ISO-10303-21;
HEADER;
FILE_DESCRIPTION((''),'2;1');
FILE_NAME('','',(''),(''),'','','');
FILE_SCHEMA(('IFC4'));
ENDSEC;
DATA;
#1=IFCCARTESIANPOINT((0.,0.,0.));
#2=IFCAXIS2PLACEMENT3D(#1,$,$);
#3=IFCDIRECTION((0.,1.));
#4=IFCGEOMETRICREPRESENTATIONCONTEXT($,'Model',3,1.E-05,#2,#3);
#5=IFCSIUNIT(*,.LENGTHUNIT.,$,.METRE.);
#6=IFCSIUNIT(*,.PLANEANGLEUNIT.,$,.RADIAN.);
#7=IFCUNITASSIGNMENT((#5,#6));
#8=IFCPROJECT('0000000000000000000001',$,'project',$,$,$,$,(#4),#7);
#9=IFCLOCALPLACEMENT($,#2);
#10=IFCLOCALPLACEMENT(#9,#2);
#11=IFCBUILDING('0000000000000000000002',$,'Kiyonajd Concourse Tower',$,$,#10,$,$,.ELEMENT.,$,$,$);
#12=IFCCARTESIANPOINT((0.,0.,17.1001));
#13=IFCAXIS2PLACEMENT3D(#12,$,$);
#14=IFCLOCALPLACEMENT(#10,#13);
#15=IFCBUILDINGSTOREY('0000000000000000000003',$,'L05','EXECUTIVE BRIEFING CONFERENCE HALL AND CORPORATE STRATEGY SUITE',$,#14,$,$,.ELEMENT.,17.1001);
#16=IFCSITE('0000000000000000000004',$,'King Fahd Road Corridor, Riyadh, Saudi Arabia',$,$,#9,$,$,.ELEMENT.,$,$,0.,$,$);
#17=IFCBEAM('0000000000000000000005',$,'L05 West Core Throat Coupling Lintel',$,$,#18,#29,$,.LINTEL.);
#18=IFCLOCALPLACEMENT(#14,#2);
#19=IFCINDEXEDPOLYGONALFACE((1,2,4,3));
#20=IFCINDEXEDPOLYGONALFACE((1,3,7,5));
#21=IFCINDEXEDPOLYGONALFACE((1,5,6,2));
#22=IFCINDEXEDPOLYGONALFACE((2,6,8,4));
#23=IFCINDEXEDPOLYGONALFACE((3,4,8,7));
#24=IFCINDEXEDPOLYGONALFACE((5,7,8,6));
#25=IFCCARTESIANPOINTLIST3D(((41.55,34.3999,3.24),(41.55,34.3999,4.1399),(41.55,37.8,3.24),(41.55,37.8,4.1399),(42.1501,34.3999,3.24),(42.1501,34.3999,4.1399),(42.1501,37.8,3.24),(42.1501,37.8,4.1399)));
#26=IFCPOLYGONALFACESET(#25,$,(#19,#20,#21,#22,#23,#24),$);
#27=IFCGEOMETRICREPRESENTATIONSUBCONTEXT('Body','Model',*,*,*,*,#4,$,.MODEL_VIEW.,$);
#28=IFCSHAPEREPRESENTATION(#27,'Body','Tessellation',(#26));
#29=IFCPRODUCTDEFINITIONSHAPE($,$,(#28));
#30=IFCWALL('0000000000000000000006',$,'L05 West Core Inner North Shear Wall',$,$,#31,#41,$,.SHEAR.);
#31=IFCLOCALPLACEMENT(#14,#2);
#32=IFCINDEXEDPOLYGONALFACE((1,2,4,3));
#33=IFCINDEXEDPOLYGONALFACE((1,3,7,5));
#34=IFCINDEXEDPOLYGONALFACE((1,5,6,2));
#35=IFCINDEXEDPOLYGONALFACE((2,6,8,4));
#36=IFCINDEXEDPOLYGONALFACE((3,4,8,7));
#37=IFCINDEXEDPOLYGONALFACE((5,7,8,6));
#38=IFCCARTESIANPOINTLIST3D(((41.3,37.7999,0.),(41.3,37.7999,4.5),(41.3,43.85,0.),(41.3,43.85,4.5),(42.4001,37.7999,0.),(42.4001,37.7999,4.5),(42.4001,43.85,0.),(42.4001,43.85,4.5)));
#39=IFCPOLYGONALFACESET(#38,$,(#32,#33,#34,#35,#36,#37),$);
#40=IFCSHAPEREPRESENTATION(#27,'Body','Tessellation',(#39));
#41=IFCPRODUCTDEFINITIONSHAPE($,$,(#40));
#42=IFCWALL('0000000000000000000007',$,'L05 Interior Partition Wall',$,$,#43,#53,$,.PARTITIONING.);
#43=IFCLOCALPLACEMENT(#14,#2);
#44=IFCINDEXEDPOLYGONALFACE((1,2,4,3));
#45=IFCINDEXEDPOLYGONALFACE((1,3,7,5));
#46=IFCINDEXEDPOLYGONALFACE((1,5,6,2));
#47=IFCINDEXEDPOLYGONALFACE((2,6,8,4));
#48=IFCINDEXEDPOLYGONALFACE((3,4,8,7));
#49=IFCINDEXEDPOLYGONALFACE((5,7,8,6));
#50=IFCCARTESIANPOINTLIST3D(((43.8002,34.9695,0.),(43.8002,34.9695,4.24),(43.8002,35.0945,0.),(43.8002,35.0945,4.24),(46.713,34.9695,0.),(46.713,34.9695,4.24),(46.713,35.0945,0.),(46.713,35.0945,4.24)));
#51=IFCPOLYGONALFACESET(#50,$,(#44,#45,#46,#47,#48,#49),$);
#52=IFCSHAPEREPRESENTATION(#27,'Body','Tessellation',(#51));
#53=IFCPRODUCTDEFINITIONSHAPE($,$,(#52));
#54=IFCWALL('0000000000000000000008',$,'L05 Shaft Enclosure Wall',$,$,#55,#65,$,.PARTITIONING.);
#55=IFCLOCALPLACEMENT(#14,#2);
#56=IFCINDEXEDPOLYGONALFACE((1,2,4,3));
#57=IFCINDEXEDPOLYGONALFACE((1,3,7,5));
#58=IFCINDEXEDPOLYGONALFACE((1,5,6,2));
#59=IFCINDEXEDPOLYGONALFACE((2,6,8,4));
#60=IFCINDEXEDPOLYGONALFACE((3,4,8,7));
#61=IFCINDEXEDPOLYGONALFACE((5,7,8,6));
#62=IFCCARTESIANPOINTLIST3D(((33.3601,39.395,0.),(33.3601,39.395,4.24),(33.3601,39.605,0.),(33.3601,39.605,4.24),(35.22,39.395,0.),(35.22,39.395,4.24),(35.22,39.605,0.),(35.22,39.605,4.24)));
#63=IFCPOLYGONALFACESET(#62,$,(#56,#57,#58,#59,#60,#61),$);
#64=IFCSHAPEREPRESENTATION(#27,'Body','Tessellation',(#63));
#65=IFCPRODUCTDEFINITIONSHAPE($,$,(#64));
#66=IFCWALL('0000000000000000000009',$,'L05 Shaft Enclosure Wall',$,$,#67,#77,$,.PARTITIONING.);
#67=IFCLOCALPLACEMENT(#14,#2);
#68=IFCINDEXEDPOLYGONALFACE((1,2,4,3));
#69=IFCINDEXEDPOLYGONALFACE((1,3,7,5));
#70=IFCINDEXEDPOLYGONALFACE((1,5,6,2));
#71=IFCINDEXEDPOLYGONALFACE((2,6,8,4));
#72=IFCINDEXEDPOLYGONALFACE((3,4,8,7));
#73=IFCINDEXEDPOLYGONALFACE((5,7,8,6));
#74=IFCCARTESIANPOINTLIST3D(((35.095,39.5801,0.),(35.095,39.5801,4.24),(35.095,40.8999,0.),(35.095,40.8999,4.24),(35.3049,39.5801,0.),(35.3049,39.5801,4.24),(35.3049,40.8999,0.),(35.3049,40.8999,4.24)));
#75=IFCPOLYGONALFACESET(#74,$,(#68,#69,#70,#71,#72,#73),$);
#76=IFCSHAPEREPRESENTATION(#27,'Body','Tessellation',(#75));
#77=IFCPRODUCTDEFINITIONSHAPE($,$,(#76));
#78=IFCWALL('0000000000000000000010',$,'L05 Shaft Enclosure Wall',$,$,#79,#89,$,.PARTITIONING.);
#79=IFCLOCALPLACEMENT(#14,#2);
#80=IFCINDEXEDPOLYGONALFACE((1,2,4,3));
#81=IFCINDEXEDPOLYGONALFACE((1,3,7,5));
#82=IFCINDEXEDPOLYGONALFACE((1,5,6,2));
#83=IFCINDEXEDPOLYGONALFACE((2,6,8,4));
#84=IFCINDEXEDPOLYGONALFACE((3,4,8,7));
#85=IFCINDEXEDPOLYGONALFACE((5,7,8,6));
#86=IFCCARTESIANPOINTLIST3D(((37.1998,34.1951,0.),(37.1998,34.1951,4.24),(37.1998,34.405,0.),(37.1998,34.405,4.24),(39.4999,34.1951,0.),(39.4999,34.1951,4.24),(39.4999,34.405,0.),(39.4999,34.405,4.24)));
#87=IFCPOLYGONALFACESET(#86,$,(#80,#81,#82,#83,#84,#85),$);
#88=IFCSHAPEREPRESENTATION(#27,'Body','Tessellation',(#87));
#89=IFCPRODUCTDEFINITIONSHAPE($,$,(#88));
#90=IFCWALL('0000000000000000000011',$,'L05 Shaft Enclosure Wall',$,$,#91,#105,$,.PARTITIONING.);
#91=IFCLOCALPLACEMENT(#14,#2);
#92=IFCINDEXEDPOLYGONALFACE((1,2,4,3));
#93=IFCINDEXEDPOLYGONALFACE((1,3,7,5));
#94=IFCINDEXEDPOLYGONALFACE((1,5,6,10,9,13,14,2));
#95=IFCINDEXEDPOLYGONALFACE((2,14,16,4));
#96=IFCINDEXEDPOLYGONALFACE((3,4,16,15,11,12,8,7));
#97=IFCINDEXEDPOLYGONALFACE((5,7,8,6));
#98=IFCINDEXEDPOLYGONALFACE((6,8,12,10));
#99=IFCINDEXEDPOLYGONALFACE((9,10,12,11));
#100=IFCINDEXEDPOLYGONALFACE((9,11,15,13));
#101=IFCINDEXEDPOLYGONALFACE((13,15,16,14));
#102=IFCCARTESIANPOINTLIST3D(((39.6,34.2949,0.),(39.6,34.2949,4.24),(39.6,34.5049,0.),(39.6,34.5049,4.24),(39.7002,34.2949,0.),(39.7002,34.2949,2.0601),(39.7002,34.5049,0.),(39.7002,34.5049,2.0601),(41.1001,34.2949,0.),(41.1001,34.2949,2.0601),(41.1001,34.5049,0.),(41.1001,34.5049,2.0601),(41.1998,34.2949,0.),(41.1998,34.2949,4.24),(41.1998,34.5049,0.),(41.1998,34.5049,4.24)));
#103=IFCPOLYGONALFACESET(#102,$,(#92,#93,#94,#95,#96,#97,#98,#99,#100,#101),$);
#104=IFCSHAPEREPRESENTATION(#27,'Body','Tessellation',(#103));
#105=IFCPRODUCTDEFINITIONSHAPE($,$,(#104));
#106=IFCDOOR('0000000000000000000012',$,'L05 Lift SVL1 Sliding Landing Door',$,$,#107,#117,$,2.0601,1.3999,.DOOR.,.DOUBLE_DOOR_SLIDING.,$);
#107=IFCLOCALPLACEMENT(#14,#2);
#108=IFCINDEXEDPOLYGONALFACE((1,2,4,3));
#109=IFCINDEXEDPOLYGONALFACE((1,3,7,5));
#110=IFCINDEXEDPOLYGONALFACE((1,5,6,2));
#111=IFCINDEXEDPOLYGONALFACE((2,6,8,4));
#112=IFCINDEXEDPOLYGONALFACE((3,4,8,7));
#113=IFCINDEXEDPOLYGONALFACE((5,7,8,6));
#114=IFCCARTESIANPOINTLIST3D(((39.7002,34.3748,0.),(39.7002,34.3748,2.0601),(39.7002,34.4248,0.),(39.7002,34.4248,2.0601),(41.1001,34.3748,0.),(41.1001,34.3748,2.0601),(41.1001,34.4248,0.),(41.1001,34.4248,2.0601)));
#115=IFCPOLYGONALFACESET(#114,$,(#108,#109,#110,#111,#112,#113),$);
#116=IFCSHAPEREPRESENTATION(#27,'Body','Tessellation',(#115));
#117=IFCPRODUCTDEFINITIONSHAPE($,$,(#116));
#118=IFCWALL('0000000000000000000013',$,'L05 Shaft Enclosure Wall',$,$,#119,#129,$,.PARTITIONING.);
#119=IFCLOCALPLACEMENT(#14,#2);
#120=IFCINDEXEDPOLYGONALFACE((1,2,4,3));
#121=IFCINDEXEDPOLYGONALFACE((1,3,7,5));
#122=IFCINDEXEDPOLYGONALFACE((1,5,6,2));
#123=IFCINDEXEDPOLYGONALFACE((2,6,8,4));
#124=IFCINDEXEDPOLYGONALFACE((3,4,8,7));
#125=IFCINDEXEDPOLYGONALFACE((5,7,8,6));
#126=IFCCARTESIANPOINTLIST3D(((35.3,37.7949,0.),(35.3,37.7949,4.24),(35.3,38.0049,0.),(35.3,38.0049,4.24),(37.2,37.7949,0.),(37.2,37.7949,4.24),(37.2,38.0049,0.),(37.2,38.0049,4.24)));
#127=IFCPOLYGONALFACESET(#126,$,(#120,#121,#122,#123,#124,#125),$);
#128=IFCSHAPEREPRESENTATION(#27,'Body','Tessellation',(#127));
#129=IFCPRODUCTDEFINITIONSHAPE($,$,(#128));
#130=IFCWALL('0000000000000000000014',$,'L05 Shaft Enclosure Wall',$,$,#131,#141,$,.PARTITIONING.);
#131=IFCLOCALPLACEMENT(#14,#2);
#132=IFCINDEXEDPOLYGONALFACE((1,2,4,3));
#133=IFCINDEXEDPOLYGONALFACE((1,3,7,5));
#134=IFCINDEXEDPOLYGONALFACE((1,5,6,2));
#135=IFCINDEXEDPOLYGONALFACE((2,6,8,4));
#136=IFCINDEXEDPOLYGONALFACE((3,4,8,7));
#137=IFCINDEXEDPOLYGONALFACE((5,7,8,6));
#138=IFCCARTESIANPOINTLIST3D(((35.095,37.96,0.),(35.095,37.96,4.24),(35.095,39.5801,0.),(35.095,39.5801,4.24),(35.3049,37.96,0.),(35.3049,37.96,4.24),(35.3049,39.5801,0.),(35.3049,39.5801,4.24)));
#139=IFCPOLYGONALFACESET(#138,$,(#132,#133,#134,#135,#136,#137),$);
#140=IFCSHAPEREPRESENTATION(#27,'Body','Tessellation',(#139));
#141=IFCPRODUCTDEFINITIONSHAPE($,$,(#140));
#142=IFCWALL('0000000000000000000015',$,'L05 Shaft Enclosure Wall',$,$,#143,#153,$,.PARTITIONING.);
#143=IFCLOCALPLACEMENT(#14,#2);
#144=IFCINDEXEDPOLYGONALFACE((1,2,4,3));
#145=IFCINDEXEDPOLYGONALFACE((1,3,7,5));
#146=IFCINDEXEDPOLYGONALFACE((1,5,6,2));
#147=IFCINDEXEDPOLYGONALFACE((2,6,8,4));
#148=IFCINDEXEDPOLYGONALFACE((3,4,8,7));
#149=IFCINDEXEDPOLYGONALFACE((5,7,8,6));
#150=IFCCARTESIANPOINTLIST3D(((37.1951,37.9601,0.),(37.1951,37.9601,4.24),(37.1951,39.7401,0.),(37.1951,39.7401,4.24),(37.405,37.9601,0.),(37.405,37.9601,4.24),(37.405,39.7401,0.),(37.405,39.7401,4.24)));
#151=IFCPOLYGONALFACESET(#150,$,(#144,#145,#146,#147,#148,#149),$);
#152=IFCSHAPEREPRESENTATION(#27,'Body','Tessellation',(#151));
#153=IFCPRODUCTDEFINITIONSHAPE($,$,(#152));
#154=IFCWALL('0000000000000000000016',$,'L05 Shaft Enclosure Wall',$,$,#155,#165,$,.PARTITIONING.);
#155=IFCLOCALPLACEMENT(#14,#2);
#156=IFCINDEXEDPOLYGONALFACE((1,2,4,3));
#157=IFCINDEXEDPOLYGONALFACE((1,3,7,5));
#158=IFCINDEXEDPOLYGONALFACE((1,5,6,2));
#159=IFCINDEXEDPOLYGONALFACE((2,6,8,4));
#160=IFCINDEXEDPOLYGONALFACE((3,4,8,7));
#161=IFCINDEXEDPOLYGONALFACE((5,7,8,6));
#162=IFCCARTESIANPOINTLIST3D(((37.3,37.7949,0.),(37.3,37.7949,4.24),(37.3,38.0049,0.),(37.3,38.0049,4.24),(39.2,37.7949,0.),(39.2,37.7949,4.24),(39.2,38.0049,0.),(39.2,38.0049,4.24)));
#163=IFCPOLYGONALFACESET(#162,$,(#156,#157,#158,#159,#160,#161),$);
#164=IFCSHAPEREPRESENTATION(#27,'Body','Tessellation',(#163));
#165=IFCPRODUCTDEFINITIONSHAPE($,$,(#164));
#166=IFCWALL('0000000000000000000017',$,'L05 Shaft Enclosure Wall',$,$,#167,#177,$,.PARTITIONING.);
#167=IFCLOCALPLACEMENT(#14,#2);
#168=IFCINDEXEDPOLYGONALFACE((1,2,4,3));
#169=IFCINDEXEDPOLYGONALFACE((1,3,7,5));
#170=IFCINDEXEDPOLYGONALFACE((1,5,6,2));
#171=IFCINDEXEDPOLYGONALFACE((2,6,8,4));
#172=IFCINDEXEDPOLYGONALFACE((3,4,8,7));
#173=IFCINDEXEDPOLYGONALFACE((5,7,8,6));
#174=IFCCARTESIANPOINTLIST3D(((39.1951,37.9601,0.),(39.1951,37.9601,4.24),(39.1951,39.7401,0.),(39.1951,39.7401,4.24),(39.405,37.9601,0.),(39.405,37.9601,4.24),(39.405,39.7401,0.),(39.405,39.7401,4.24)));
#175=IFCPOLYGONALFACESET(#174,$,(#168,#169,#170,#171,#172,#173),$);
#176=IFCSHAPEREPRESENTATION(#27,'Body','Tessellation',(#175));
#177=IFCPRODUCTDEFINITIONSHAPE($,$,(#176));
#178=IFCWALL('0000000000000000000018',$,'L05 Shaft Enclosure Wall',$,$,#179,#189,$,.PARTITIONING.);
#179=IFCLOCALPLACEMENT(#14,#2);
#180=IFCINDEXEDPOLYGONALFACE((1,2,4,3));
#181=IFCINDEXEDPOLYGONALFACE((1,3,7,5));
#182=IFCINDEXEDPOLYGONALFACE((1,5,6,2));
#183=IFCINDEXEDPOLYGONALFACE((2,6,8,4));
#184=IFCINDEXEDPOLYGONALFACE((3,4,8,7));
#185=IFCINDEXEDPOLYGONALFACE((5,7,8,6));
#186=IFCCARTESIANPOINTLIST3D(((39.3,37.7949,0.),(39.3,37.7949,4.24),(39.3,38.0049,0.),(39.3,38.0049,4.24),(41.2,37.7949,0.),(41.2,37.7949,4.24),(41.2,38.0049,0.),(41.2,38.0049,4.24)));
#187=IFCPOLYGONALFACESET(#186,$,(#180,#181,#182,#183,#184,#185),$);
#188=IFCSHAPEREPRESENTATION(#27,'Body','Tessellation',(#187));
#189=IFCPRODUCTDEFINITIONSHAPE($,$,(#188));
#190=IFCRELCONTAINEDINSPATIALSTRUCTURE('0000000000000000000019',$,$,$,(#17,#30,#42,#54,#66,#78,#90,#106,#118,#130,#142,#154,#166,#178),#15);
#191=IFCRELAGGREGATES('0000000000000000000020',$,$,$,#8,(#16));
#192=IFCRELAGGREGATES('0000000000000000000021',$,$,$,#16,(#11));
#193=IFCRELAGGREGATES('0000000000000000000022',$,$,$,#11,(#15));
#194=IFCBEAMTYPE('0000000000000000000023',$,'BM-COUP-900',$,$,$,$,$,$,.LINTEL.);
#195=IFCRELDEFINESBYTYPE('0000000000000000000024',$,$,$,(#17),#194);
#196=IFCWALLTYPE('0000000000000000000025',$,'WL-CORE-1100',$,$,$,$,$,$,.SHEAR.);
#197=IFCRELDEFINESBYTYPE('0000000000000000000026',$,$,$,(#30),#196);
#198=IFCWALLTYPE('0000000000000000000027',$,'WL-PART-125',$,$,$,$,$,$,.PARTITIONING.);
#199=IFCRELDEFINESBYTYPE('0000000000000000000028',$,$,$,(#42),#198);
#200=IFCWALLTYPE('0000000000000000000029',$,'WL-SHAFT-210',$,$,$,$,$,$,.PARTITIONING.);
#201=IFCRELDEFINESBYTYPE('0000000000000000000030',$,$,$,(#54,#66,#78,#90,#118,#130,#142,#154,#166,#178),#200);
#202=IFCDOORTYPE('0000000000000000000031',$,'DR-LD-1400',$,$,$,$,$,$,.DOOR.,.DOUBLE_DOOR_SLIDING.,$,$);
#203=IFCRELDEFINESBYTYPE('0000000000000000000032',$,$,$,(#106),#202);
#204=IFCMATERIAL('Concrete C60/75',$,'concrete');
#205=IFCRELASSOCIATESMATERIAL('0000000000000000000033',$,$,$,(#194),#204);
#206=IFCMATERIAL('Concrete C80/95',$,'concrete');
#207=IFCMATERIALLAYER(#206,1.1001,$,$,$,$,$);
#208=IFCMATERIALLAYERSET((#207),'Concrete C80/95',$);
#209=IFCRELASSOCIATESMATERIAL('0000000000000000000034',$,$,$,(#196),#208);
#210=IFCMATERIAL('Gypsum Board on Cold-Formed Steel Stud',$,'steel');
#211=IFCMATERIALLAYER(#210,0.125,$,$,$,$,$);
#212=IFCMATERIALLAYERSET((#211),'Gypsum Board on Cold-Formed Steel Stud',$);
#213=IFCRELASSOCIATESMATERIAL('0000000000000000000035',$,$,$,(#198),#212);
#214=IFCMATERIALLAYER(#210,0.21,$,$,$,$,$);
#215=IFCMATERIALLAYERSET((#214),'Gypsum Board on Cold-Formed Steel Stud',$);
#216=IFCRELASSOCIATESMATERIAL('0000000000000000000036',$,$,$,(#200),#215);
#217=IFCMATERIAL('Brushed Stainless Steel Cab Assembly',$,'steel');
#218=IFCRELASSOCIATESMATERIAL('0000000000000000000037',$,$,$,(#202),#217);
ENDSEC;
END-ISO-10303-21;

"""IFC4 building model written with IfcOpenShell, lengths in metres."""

from ifc_helpers import new_model, si_unit, direction, frame, frame_2d, origin, origin_2d, place, context, subcontext, project, spatial, rectangle, extrude, material, layer, layer_set, material_profile, profile_set, type_object, element, fill, save


model = new_model("IFC4")

# Units and contexts
model_context = context("Model", 3, precision=1e-05, world=origin(), true_north=direction((0.0, 1.0)))
body_context = subcontext(model_context, "Body", "Model", "MODEL_VIEW")
ifc_project = project(units=[si_unit("LENGTHUNIT", "METRE"), si_unit("PLANEANGLEUNIT", "RADIAN")], contexts=[model_context])

# Site, building, storey
site_placement = place(None, origin())
site = spatial("IfcSite", under=ifc_project, at=site_placement, Name="King Fahd Road Corridor, Riyadh, Saudi Arabia", CompositionType="ELEMENT", RefElevation=0.0)
building_placement = place(site_placement, origin())
building = spatial("IfcBuilding", under=site, at=building_placement, Name="Kiyonajd Concourse Tower", CompositionType="ELEMENT")
storey_placement = place(building_placement, frame((0.0, 0.0, 17.1001)))
storey = spatial("IfcBuildingStorey", under=building, at=storey_placement, Name="L05", Description="EXECUTIVE BRIEFING CONFERENCE HALL AND CORPORATE STRATEGY SUITE", CompositionType="ELEMENT", Elevation=17.1001)

# Beam
ifc_material_1 = material(Name="Concrete C60/75", Category="concrete")
ifc_material_profile = material_profile(ifc_material_1, rectangle(XDim=0.6001, YDim=0.8999, at=origin_2d()), Name="RCBM-600x900")
ifc_profile_set = profile_set([ifc_material_profile], Name="Concrete C60/75")
beam_type = type_object("IfcBeamType", Name="BM-COUP-900", PredefinedType="LINTEL", material=ifc_profile_set)
beam_placement = place(storey_placement, frame((41.8501, 34.3999, 3.6899), z_axis=(0.0, 1.0, 0.0), x_axis=(-1.0, 0.0, 0.0)))
element("IfcBeam", 1, at=beam_placement, inside=storey, type_object=beam_type, Name="L05 West Core Throat Coupling Lintel", PredefinedType="LINTEL", context=body_context, shape_type="SweptSolid", body=[
    extrude(rectangle(XDim=0.6001, YDim=0.8999, at=origin_2d()), origin(), (0.0, 0.0, 1.0), 3.4001),
])

# Walls
ifc_material_2 = material(Name="Concrete C80/95", Category="concrete")
ifc_layer_1 = layer(ifc_material_2, 1.1001)
ifc_layer_set_1 = layer_set([ifc_layer_1], Name="Concrete C80/95")
wall_type_1 = type_object("IfcWallType", Name="WL-CORE-1100", PredefinedType="SHEAR", material=ifc_layer_set_1)
wall_1_placement = place(storey_placement, frame((41.8501, 37.8, 0.0), z_axis=(0.0, 0.0, 1.0), x_axis=(0.0, 1.0, 0.0)))
element("IfcWall", 2, at=wall_1_placement, inside=storey, type_object=wall_type_1, Name="L05 West Core Inner North Shear Wall", PredefinedType="SHEAR", context=body_context, shape_type="SweptSolid", body=[
    extrude(rectangle(XDim=6.05, YDim=1.1001, at=frame_2d((3.0249, 0.0))), origin(), (0.0, 0.0, 1.0), 4.5),
])
ifc_material_3 = material(Name="Gypsum Board on Cold-Formed Steel Stud", Category="steel")
ifc_layer_2 = layer(ifc_material_3, 0.125)
ifc_layer_set_2 = layer_set([ifc_layer_2], Name="Gypsum Board on Cold-Formed Steel Stud")
wall_type_2 = type_object("IfcWallType", Name="WL-PART-125", PredefinedType="PARTITIONING", material=ifc_layer_set_2)
wall_2_placement = place(storey_placement, frame((43.8, 35.032, 0.0), z_axis=(0.0, 0.0, 1.0), x_axis=(1.0, 0.0, 0.0)))
element("IfcWall", 3, at=wall_2_placement, inside=storey, type_object=wall_type_2, Name="L05 Interior Partition Wall", PredefinedType="PARTITIONING", context=body_context, shape_type="SweptSolid", body=[
    extrude(rectangle(XDim=2.9128, YDim=0.125, at=frame_2d((1.4565, 0.0))), origin(), (0.0, 0.0, 1.0), 4.24),
])
ifc_layer_3 = layer(ifc_material_3, 0.21)
ifc_layer_set_3 = layer_set([ifc_layer_3], Name="Gypsum Board on Cold-Formed Steel Stud")
wall_type_3 = type_object("IfcWallType", Name="WL-SHAFT-210", PredefinedType="PARTITIONING", material=ifc_layer_set_3)
wall_3_placement = place(storey_placement, frame((33.3601, 39.5, 0.0), z_axis=(0.0, 0.0, 1.0), x_axis=(1.0, 0.0, 0.0)))
element("IfcWall", 4, at=wall_3_placement, inside=storey, type_object=wall_type_3, Name="L05 Shaft Enclosure Wall", PredefinedType="PARTITIONING", context=body_context, shape_type="SweptSolid", body=[
    extrude(rectangle(XDim=1.8599, YDim=0.21, at=frame_2d((0.9299, 0.0))), origin(), (0.0, 0.0, 1.0), 4.24),
])
wall_4_placement = place(storey_placement, frame((35.2, 39.5801, 0.0), z_axis=(0.0, 0.0, 1.0), x_axis=(0.0, 1.0, 0.0)))
element("IfcWall", 5, at=wall_4_placement, inside=storey, type_object=wall_type_3, Name="L05 Shaft Enclosure Wall", PredefinedType="PARTITIONING", context=body_context, shape_type="SweptSolid", body=[
    extrude(rectangle(XDim=1.3198, YDim=0.21, at=frame_2d((0.6599, 0.0))), origin(), (0.0, 0.0, 1.0), 4.24),
])
wall_5_placement = place(storey_placement, frame((37.2, 34.3, 0.0), z_axis=(0.0, 0.0, 1.0), x_axis=(1.0, 0.0, 0.0)))
element("IfcWall", 6, at=wall_5_placement, inside=storey, type_object=wall_type_3, Name="L05 Shaft Enclosure Wall", PredefinedType="PARTITIONING", context=body_context, shape_type="SweptSolid", body=[
    extrude(rectangle(XDim=2.3, YDim=0.21, at=frame_2d((1.1499, 0.0))), origin(), (0.0, 0.0, 1.0), 4.24),
])

# Wall, opening, door
wall_6_placement = place(storey_placement, frame((39.6001, 34.3999, 0.0), z_axis=(0.0, 0.0, 1.0), x_axis=(1.0, 0.0, 0.0)))
wall_6 = element("IfcWall", 7, at=wall_6_placement, inside=storey, type_object=wall_type_3, Name="L05 Shaft Enclosure Wall", PredefinedType="PARTITIONING", context=body_context, shape_type="SweptSolid", body=[
    extrude(rectangle(XDim=1.5999, YDim=0.21, at=frame_2d((0.7998, 0.0))), origin(), (0.0, 0.0, 1.0), 4.24),
])
opening_placement = place(wall_6_placement, frame((0.1001, 0.0, 0.0)))
opening = element("IfcOpeningElement", 8, at=opening_placement, cuts=wall_6, PredefinedType="OPENING", context=body_context, shape_type="SweptSolid", body=[
    extrude(rectangle(XDim=1.3999, YDim=2.0601, at=frame_2d((0.7, 1.03))), frame((0.0, 0.115, 0.0), z_axis=(0.0, -1.0, 0.0), x_axis=(1.0, 0.0, 0.0)), (0.0, 0.0, 1.0), 0.23),
])
ifc_material_4 = material(Name="Brushed Stainless Steel Cab Assembly", Category="steel")
door_type = type_object("IfcDoorType", Name="DR-LD-1400", OperationType="DOUBLE_DOOR_SLIDING", PredefinedType="DOOR", material=ifc_material_4)
door_placement = place(opening_placement, origin())
door = element("IfcDoor", 9, at=door_placement, inside=storey, type_object=door_type, Name="L05 Lift SVL1 Sliding Landing Door", OperationType="DOUBLE_DOOR_SLIDING", OverallHeight=2.0601, OverallWidth=1.3999, PredefinedType="DOOR", context=body_context, shape_type="SweptSolid", body=[
    extrude(rectangle(XDim=1.3999, YDim=2.0601, at=frame_2d((0.7, 1.03))), frame((0.0, 0.0249, 0.0), z_axis=(0.0, -1.0, 0.0), x_axis=(1.0, 0.0, 0.0)), (0.0, 0.0, 1.0), 0.05),
])
fill(opening, door)

# Walls
wall_7_placement = place(storey_placement, frame((35.3, 37.8999, 0.0), z_axis=(0.0, 0.0, 1.0), x_axis=(1.0, 0.0, 0.0)))
element("IfcWall", 10, at=wall_7_placement, inside=storey, type_object=wall_type_3, Name="L05 Shaft Enclosure Wall", PredefinedType="PARTITIONING", context=body_context, shape_type="SweptSolid", body=[
    extrude(rectangle(XDim=1.8999, YDim=0.21, at=frame_2d((0.95, 0.0))), origin(), (0.0, 0.0, 1.0), 4.24),
])
wall_8_placement = place(storey_placement, frame((35.2, 37.96, 0.0), z_axis=(0.0, 0.0, 1.0), x_axis=(0.0, 1.0, 0.0)))
element("IfcWall", 11, at=wall_8_placement, inside=storey, type_object=wall_type_3, Name="L05 Shaft Enclosure Wall", PredefinedType="PARTITIONING", context=body_context, shape_type="SweptSolid", body=[
    extrude(rectangle(XDim=1.6201, YDim=0.21, at=frame_2d((0.8101, 0.0))), origin(), (0.0, 0.0, 1.0), 4.24),
])
wall_9_placement = place(storey_placement, frame((37.3, 37.96, 0.0), z_axis=(0.0, 0.0, 1.0), x_axis=(0.0, 1.0, 0.0)))
element("IfcWall", 12, at=wall_9_placement, inside=storey, type_object=wall_type_3, Name="L05 Shaft Enclosure Wall", PredefinedType="PARTITIONING", context=body_context, shape_type="SweptSolid", body=[
    extrude(rectangle(XDim=1.78, YDim=0.21, at=frame_2d((0.8901, 0.0))), origin(), (0.0, 0.0, 1.0), 4.24),
])
wall_10_placement = place(storey_placement, frame((37.3, 37.8999, 0.0), z_axis=(0.0, 0.0, 1.0), x_axis=(1.0, 0.0, 0.0)))
element("IfcWall", 13, at=wall_10_placement, inside=storey, type_object=wall_type_3, Name="L05 Shaft Enclosure Wall", PredefinedType="PARTITIONING", context=body_context, shape_type="SweptSolid", body=[
    extrude(rectangle(XDim=1.8999, YDim=0.21, at=frame_2d((0.95, 0.0))), origin(), (0.0, 0.0, 1.0), 4.24),
])
wall_11_placement = place(storey_placement, frame((39.3, 37.96, 0.0), z_axis=(0.0, 0.0, 1.0), x_axis=(0.0, 1.0, 0.0)))
element("IfcWall", 14, at=wall_11_placement, inside=storey, type_object=wall_type_3, Name="L05 Shaft Enclosure Wall", PredefinedType="PARTITIONING", context=body_context, shape_type="SweptSolid", body=[
    extrude(rectangle(XDim=1.78, YDim=0.21, at=frame_2d((0.8901, 0.0))), origin(), (0.0, 0.0, 1.0), 4.24),
])
wall_12_placement = place(storey_placement, frame((39.3, 37.8999, 0.0), z_axis=(0.0, 0.0, 1.0), x_axis=(1.0, 0.0, 0.0)))
element("IfcWall", 15, at=wall_12_placement, inside=storey, type_object=wall_type_3, Name="L05 Shaft Enclosure Wall", PredefinedType="PARTITIONING", context=body_context, shape_type="SweptSolid", body=[
    extrude(rectangle(XDim=1.8999, YDim=0.21, at=frame_2d((0.95, 0.0))), origin(), (0.0, 0.0, 1.0), 4.24),
])

save(model, "model.ifc")
